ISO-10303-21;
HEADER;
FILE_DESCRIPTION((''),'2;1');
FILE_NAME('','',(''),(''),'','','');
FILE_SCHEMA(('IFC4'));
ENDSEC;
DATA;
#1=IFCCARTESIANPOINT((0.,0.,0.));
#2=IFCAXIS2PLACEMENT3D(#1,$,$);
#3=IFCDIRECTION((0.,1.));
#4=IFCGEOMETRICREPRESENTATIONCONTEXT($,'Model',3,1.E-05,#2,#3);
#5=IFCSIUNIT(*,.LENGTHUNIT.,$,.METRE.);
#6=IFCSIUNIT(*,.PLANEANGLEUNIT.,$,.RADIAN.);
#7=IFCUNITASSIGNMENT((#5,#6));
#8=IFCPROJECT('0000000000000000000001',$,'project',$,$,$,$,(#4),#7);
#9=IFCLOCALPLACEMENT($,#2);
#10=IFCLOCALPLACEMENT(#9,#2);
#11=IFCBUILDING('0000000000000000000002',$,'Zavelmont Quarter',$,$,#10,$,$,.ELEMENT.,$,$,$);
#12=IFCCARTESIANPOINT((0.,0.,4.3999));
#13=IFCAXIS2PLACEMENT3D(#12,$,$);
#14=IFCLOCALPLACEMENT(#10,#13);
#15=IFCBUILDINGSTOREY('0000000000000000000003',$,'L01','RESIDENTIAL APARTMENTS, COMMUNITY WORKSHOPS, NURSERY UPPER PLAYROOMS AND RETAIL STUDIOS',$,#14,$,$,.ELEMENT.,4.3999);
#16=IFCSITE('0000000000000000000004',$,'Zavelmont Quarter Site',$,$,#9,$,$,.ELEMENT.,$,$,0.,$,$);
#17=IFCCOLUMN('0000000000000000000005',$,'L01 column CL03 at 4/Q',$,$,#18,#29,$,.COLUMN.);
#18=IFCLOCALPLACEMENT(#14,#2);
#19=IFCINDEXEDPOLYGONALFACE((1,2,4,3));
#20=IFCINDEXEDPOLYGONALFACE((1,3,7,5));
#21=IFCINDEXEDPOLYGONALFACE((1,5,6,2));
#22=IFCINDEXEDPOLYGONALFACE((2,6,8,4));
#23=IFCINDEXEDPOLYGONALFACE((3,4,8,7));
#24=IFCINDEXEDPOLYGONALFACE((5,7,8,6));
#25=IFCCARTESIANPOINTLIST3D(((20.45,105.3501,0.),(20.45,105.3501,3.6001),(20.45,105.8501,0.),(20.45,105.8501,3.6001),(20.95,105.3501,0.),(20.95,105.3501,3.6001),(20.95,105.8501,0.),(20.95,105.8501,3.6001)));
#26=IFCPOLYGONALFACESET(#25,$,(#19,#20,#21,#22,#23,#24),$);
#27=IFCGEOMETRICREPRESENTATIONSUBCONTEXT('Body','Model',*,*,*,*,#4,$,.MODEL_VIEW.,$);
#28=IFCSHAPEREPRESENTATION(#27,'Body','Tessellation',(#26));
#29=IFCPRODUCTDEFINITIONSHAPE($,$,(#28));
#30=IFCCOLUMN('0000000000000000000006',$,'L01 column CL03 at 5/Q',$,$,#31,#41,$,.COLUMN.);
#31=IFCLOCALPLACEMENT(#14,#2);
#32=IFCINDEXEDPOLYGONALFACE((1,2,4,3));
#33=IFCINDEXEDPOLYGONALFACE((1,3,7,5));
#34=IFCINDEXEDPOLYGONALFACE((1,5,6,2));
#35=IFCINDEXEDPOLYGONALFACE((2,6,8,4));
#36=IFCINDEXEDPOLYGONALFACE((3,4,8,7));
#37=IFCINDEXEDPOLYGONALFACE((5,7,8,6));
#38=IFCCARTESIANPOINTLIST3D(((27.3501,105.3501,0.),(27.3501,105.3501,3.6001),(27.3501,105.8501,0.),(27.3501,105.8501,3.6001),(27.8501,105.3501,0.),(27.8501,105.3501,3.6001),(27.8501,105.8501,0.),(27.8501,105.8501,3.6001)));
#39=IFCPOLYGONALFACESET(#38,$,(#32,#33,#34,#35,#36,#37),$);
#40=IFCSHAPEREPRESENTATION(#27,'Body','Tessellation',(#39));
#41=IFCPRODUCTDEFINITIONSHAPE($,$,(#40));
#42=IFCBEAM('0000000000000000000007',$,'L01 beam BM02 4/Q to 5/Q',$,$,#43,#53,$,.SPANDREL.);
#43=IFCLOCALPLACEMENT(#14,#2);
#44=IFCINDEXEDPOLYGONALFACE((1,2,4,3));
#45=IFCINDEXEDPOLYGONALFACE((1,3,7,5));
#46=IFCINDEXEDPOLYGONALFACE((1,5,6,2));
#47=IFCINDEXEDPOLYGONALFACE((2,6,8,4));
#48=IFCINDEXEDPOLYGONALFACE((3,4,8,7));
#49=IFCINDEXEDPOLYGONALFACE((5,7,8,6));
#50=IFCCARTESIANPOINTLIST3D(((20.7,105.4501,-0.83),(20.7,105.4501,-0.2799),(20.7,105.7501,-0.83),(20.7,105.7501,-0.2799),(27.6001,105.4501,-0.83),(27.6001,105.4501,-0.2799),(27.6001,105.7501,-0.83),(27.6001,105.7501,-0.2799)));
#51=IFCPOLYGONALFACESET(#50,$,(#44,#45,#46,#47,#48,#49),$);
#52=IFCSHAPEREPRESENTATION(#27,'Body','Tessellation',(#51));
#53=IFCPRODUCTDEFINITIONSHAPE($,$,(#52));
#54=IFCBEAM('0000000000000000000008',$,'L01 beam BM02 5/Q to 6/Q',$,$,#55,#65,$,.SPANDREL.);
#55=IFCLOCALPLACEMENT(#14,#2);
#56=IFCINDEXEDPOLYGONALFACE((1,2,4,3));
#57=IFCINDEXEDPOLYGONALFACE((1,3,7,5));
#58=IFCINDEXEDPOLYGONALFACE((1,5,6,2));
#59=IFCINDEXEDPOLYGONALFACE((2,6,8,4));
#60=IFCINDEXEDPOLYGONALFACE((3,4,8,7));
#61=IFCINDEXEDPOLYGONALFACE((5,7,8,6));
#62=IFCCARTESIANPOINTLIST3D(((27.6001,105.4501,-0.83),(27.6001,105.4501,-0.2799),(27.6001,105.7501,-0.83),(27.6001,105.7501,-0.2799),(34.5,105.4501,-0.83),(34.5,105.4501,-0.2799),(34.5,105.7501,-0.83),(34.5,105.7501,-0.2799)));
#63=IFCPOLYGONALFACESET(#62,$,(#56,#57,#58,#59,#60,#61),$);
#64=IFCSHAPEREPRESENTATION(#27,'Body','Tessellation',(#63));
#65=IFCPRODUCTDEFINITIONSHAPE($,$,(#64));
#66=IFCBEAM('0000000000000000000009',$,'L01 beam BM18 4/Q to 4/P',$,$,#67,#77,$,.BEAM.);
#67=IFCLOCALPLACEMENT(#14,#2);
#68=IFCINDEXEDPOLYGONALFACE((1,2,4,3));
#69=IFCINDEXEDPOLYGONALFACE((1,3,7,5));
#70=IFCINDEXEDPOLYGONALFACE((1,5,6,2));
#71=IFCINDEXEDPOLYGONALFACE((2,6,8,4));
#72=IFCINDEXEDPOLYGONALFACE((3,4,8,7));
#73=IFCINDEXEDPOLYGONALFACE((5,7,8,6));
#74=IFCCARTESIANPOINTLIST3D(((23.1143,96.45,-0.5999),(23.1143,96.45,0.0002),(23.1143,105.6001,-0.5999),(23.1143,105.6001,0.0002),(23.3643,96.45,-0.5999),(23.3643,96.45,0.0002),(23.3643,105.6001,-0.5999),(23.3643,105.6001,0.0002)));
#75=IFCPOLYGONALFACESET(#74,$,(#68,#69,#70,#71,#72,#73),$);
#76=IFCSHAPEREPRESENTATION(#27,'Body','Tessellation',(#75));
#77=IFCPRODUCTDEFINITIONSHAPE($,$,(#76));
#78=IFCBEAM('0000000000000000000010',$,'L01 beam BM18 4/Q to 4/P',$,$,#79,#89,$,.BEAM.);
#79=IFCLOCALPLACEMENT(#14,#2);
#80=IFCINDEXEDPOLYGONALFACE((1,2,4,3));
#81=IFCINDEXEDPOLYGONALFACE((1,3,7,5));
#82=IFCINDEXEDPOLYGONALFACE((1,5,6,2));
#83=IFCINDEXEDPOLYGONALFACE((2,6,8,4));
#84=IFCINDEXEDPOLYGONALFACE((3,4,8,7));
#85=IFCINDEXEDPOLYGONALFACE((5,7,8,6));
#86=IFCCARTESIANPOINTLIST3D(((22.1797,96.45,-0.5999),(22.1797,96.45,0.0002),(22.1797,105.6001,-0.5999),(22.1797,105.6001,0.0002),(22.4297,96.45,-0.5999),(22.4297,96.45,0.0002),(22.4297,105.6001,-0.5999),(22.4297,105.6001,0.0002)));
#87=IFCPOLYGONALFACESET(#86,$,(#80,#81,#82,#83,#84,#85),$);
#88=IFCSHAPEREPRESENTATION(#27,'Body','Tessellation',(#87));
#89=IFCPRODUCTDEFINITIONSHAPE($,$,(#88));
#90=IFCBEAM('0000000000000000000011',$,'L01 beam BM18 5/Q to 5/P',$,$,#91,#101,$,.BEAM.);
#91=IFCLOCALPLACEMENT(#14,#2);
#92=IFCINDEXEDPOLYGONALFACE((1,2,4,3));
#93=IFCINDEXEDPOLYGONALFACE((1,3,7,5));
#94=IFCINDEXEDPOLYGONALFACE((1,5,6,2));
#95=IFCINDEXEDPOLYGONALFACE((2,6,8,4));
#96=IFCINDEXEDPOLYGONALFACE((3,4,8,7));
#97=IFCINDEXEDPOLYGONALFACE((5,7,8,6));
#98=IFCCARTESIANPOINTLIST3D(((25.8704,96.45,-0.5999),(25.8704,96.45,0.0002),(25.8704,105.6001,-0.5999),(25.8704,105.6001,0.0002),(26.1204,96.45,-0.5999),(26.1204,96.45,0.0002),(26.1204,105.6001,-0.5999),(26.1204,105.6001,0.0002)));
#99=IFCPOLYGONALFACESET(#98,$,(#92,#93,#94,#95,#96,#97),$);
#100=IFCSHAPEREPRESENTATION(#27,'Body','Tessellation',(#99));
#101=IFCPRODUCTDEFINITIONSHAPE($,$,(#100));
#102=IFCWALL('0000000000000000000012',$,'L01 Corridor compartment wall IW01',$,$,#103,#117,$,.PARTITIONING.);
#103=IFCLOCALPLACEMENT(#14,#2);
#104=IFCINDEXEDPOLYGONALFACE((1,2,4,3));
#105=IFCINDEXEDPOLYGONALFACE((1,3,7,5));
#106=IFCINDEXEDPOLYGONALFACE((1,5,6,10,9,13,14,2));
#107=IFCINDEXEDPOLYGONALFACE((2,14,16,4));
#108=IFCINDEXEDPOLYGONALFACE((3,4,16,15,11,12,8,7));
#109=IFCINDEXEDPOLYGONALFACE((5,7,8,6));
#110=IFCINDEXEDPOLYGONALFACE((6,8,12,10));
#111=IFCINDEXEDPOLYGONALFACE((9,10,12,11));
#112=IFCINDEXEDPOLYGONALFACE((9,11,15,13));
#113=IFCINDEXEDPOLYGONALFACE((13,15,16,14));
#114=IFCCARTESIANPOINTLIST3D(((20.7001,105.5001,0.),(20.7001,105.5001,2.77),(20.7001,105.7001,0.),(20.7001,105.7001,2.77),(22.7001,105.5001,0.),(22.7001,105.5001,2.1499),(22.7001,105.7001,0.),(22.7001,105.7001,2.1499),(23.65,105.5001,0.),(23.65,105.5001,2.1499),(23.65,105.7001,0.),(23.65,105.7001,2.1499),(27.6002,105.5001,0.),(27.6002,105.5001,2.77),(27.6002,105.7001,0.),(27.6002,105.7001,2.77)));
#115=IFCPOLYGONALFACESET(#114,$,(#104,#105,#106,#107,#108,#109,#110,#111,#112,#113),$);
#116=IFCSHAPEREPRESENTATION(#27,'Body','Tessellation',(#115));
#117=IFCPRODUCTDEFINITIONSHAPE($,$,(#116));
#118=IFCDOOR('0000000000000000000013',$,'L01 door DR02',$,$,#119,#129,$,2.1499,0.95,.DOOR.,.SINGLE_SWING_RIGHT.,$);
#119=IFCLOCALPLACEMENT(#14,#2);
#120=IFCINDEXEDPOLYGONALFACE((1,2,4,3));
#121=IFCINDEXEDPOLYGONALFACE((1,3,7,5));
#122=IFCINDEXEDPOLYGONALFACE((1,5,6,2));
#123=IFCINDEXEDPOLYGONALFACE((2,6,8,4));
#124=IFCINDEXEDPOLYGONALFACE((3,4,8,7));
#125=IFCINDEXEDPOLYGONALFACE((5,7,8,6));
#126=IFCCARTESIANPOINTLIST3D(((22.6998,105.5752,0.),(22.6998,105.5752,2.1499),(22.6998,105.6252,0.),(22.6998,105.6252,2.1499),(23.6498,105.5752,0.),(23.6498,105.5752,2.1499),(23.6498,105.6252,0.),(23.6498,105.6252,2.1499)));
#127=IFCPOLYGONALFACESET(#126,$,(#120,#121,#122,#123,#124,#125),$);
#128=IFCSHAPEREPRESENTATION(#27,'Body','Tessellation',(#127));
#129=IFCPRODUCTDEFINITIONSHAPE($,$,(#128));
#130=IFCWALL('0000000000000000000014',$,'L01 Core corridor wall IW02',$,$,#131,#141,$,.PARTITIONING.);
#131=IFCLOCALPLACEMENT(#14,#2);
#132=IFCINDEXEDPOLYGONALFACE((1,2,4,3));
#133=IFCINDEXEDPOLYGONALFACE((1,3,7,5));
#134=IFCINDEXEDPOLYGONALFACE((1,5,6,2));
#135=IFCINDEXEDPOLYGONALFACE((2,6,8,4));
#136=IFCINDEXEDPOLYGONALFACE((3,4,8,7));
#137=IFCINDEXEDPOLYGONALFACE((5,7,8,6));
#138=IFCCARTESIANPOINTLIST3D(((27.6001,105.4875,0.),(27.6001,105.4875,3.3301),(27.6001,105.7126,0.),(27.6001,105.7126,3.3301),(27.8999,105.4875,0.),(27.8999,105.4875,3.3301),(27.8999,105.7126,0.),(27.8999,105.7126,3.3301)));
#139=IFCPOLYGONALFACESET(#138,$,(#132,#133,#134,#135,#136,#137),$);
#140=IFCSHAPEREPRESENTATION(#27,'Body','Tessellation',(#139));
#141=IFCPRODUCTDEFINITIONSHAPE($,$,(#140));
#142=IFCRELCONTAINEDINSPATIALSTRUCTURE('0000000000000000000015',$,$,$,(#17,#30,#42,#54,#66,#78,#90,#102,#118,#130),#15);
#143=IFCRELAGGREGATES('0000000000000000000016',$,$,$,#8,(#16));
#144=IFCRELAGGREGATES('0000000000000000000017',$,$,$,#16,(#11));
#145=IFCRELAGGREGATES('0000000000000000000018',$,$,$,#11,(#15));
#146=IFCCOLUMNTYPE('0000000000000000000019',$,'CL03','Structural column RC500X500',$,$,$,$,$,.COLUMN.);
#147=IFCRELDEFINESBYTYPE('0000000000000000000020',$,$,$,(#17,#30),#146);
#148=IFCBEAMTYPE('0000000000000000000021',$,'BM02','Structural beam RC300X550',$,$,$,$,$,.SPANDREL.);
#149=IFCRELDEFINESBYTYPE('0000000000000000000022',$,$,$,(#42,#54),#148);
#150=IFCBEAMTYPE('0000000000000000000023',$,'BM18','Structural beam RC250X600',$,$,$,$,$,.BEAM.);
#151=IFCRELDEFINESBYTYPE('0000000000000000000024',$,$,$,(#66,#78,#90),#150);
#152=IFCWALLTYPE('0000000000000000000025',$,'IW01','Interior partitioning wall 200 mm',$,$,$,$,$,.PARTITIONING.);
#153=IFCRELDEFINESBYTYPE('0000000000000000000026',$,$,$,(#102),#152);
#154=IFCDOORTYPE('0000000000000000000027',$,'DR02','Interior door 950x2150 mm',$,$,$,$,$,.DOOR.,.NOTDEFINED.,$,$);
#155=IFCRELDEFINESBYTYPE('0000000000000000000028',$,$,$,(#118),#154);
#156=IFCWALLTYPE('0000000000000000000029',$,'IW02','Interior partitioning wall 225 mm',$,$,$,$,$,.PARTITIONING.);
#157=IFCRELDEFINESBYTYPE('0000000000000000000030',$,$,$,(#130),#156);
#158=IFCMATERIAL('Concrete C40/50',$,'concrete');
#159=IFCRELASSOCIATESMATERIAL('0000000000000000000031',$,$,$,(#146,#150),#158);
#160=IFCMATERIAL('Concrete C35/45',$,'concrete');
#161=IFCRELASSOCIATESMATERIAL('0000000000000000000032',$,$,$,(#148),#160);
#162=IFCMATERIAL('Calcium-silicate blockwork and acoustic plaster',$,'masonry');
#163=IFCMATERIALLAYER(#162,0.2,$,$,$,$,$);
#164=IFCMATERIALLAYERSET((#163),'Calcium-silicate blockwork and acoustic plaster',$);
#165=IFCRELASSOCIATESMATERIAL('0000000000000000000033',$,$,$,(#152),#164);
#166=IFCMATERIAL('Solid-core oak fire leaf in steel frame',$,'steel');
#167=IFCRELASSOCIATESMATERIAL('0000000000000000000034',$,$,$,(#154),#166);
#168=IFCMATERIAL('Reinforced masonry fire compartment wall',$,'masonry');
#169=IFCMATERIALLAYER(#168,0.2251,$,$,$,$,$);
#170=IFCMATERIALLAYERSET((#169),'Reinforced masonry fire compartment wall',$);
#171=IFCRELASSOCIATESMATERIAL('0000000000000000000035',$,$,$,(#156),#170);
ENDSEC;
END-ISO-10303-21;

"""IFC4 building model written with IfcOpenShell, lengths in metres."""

from ifc_helpers import new_model, si_unit, direction, frame, frame_2d, origin, origin_2d, place, context, subcontext, project, spatial, rectangle, extrude, material, layer, layer_set, material_profile, profile_set, type_object, element, fill, save


model = new_model("IFC4")

# Units and contexts
model_context = context("Model", 3, precision=1e-05, world=origin(), true_north=direction((0.0, 1.0)))
body_context = subcontext(model_context, "Body", "Model", "MODEL_VIEW")
ifc_project = project(units=[si_unit("LENGTHUNIT", "METRE"), si_unit("PLANEANGLEUNIT", "RADIAN")], contexts=[model_context])

# Site, building, storey
site_placement = place(None, origin())
site = spatial("IfcSite", under=ifc_project, at=site_placement, Name="Zavelmont Quarter Site", CompositionType="ELEMENT", RefElevation=0.0)
building_placement = place(site_placement, origin())
building = spatial("IfcBuilding", under=site, at=building_placement, Name="Zavelmont Quarter", CompositionType="ELEMENT")
storey_placement = place(building_placement, frame((0.0, 0.0, 4.3999)))
storey = spatial("IfcBuildingStorey", under=building, at=storey_placement, Name="L01", Description="RESIDENTIAL APARTMENTS, COMMUNITY WORKSHOPS, NURSERY UPPER PLAYROOMS AND RETAIL STUDIOS", CompositionType="ELEMENT", Elevation=4.3999)

# Columns
ifc_material_1 = material(Name="Concrete C40/50", Category="concrete")
ifc_material_profile_1 = material_profile(ifc_material_1, rectangle(XDim=0.5, YDim=0.5, at=origin_2d()), Name="RC500X500")
ifc_profile_set_1 = profile_set([ifc_material_profile_1], Name="Concrete C40/50")
column_type = type_object("IfcColumnType", Name="CL03", Description="Structural column RC500X500", PredefinedType="COLUMN", material=ifc_profile_set_1)
for number, where, z_axis, x_axis, name in (
    (1, (20.7, 105.6001, 0.0), (0.0, 0.0, 1.0), (1.0, 0.0, 0.0), "L01 column CL03 at 4/Q"),
    (2, (27.6001, 105.6001, 0.0), (0.0, 0.0, 1.0), (1.0, 0.0, 0.0), "L01 column CL03 at 5/Q"),
):
    element("IfcColumn", number, at=place(storey_placement, frame(where, z_axis=z_axis, x_axis=x_axis)), inside=storey, type_object=column_type, Name=name, PredefinedType="COLUMN", context=body_context, shape_type="SweptSolid", body=[
        extrude(rectangle(XDim=0.5, YDim=0.5, at=origin_2d()), origin(), (0.0, 0.0, 1.0), 3.6001),
    ])

# Beams
ifc_material_2 = material(Name="Concrete C35/45", Category="concrete")
ifc_material_profile_2 = material_profile(ifc_material_2, rectangle(XDim=0.3, YDim=0.55, at=origin_2d()), Name="RC300X550")
ifc_profile_set_2 = profile_set([ifc_material_profile_2], Name="Concrete C35/45")
beam_type_1 = type_object("IfcBeamType", Name="BM02", Description="Structural beam RC300X550", PredefinedType="SPANDREL", material=ifc_profile_set_2)
beam_1_placement = place(storey_placement, frame((20.7, 105.6001, -0.5549), z_axis=(1.0, 0.0, 0.0), x_axis=(0.0, 1.0, 0.0)))
element("IfcBeam", 3, at=beam_1_placement, inside=storey, type_object=beam_type_1, Name="L01 beam BM02 4/Q to 5/Q", PredefinedType="SPANDREL", context=body_context, shape_type="SweptSolid", body=[
    extrude(rectangle(XDim=0.3, YDim=0.55, at=origin_2d()), origin(), (0.0, 0.0, 1.0), 6.9001),
])
beam_2_placement = place(storey_placement, frame((27.6001, 105.6001, -0.5549), z_axis=(1.0, 0.0, 0.0), x_axis=(0.0, 1.0, 0.0)))
element("IfcBeam", 4, at=beam_2_placement, inside=storey, type_object=beam_type_1, Name="L01 beam BM02 5/Q to 6/Q", PredefinedType="SPANDREL", context=body_context, shape_type="SweptSolid", body=[
    extrude(rectangle(XDim=0.3, YDim=0.55, at=origin_2d()), origin(), (0.0, 0.0, 1.0), 6.8999),
])
ifc_material_profile_3 = material_profile(ifc_material_1, rectangle(XDim=0.25, YDim=0.6001, at=origin_2d()), Name="RC250X600")
ifc_profile_set_3 = profile_set([ifc_material_profile_3], Name="Concrete C40/50")
beam_type_2 = type_object("IfcBeamType", Name="BM18", Description="Structural beam RC250X600", PredefinedType="BEAM", material=ifc_profile_set_3)
for number, where, z_axis, x_axis, name in (
    (5, (23.2393, 105.6001, -0.2998), (0.0, -1.0, 0.0), (1.0, 0.0, 0.0), "L01 beam BM18 4/Q to 4/P"),
    (6, (22.3047, 105.6001, -0.2998), (0.0, -1.0, 0.0), (1.0, 0.0, 0.0), "L01 beam BM18 4/Q to 4/P"),
    (7, (25.9954, 105.6001, -0.2998), (0.0, -1.0, 0.0), (1.0, 0.0, 0.0), "L01 beam BM18 5/Q to 5/P"),
):
    element("IfcBeam", number, at=place(storey_placement, frame(where, z_axis=z_axis, x_axis=x_axis)), inside=storey, type_object=beam_type_2, Name=name, PredefinedType="BEAM", context=body_context, shape_type="SweptSolid", body=[
        extrude(rectangle(XDim=0.25, YDim=0.6001, at=origin_2d()), origin(), (0.0, 0.0, 1.0), 9.1501),
    ])

# Wall, opening, door
ifc_material_3 = material(Name="Calcium-silicate blockwork and acoustic plaster", Category="masonry")
ifc_layer_1 = layer(ifc_material_3, 0.2)
ifc_layer_set_1 = layer_set([ifc_layer_1], Name="Calcium-silicate blockwork and acoustic plaster")
wall_type_1 = type_object("IfcWallType", Name="IW01", Description="Interior partitioning wall 200 mm", PredefinedType="PARTITIONING", material=ifc_layer_set_1)
wall_1_placement = place(storey_placement, frame((20.7, 105.6001, 0.0), z_axis=(0.0, 0.0, 1.0), x_axis=(1.0, 0.0, 0.0)))
wall_1 = element("IfcWall", 8, at=wall_1_placement, inside=storey, type_object=wall_type_1, Name="L01 Corridor compartment wall IW01", PredefinedType="PARTITIONING", context=body_context, shape_type="SweptSolid", body=[
    extrude(rectangle(XDim=6.9001, YDim=0.2, at=frame_2d((3.4502, 0.0))), origin(), (0.0, 0.0, 1.0), 2.77),
])
opening_1_placement = place(wall_1_placement, frame((2.0, 0.0, 0.0)))
opening_1 = element("IfcOpeningElement", 9, at=opening_1_placement, cuts=wall_1, PredefinedType="OPENING", context=body_context, shape_type="SweptSolid", body=[
    extrude(rectangle(XDim=0.95, YDim=2.1499, at=frame_2d((0.4751, 1.075))), frame((0.0, 0.1118, 0.0), z_axis=(0.0, -1.0, 0.0), x_axis=(1.0, 0.0, 0.0)), (0.0, 0.0, 1.0), 0.2239),
])
ifc_material_4 = material(Name="Solid-core oak fire leaf in steel frame", Category="steel")
door_type_1 = type_object("IfcDoorType", Name="DR02", Description="Interior door 950x2150 mm", OperationType="NOTDEFINED", PredefinedType="DOOR", material=ifc_material_4)
door_1_placement = place(opening_1_placement, frame((0.95, 0.0, 0.0), z_axis=(0.0, 0.0, 1.0), x_axis=(-1.0, 0.0, 0.0)))
door_1 = element("IfcDoor", 10, at=door_1_placement, inside=storey, type_object=door_type_1, Name="L01 door DR02", OperationType="SINGLE_SWING_RIGHT", OverallHeight=2.1499, OverallWidth=0.95, PredefinedType="DOOR", context=body_context, shape_type="SweptSolid", body=[
    extrude(rectangle(XDim=0.95, YDim=2.1499, at=frame_2d((0.4751, 1.075))), frame((0.0, 0.0249, 0.0), z_axis=(0.0, -1.0, 0.0), x_axis=(1.0, 0.0, 0.0)), (0.0, 0.0, 1.0), 0.05),
])
fill(opening_1, door_1)
ifc_material_5 = material(Name="Reinforced masonry fire compartment wall", Category="masonry")
ifc_layer_2 = layer(ifc_material_5, 0.2251)
ifc_layer_set_2 = layer_set([ifc_layer_2], Name="Reinforced masonry fire compartment wall")
wall_type_2 = type_object("IfcWallType", Name="IW02", Description="Interior partitioning wall 225 mm", PredefinedType="PARTITIONING", material=ifc_layer_set_2)

# Wall
wall_2_placement = place(storey_placement, frame((27.6001, 105.6001, 0.0), z_axis=(0.0, 0.0, 1.0), x_axis=(1.0, 0.0, 0.0)))
element("IfcWall", 11, at=wall_2_placement, inside=storey, type_object=wall_type_2, Name="L01 Core corridor wall IW02", PredefinedType="PARTITIONING", context=body_context, shape_type="SweptSolid", body=[
    extrude(rectangle(XDim=0.2998, YDim=0.2251, at=frame_2d((0.1499, 0.0))), origin(), (0.0, 0.0, 1.0), 3.3301),
])

save(model, "model.ifc")
